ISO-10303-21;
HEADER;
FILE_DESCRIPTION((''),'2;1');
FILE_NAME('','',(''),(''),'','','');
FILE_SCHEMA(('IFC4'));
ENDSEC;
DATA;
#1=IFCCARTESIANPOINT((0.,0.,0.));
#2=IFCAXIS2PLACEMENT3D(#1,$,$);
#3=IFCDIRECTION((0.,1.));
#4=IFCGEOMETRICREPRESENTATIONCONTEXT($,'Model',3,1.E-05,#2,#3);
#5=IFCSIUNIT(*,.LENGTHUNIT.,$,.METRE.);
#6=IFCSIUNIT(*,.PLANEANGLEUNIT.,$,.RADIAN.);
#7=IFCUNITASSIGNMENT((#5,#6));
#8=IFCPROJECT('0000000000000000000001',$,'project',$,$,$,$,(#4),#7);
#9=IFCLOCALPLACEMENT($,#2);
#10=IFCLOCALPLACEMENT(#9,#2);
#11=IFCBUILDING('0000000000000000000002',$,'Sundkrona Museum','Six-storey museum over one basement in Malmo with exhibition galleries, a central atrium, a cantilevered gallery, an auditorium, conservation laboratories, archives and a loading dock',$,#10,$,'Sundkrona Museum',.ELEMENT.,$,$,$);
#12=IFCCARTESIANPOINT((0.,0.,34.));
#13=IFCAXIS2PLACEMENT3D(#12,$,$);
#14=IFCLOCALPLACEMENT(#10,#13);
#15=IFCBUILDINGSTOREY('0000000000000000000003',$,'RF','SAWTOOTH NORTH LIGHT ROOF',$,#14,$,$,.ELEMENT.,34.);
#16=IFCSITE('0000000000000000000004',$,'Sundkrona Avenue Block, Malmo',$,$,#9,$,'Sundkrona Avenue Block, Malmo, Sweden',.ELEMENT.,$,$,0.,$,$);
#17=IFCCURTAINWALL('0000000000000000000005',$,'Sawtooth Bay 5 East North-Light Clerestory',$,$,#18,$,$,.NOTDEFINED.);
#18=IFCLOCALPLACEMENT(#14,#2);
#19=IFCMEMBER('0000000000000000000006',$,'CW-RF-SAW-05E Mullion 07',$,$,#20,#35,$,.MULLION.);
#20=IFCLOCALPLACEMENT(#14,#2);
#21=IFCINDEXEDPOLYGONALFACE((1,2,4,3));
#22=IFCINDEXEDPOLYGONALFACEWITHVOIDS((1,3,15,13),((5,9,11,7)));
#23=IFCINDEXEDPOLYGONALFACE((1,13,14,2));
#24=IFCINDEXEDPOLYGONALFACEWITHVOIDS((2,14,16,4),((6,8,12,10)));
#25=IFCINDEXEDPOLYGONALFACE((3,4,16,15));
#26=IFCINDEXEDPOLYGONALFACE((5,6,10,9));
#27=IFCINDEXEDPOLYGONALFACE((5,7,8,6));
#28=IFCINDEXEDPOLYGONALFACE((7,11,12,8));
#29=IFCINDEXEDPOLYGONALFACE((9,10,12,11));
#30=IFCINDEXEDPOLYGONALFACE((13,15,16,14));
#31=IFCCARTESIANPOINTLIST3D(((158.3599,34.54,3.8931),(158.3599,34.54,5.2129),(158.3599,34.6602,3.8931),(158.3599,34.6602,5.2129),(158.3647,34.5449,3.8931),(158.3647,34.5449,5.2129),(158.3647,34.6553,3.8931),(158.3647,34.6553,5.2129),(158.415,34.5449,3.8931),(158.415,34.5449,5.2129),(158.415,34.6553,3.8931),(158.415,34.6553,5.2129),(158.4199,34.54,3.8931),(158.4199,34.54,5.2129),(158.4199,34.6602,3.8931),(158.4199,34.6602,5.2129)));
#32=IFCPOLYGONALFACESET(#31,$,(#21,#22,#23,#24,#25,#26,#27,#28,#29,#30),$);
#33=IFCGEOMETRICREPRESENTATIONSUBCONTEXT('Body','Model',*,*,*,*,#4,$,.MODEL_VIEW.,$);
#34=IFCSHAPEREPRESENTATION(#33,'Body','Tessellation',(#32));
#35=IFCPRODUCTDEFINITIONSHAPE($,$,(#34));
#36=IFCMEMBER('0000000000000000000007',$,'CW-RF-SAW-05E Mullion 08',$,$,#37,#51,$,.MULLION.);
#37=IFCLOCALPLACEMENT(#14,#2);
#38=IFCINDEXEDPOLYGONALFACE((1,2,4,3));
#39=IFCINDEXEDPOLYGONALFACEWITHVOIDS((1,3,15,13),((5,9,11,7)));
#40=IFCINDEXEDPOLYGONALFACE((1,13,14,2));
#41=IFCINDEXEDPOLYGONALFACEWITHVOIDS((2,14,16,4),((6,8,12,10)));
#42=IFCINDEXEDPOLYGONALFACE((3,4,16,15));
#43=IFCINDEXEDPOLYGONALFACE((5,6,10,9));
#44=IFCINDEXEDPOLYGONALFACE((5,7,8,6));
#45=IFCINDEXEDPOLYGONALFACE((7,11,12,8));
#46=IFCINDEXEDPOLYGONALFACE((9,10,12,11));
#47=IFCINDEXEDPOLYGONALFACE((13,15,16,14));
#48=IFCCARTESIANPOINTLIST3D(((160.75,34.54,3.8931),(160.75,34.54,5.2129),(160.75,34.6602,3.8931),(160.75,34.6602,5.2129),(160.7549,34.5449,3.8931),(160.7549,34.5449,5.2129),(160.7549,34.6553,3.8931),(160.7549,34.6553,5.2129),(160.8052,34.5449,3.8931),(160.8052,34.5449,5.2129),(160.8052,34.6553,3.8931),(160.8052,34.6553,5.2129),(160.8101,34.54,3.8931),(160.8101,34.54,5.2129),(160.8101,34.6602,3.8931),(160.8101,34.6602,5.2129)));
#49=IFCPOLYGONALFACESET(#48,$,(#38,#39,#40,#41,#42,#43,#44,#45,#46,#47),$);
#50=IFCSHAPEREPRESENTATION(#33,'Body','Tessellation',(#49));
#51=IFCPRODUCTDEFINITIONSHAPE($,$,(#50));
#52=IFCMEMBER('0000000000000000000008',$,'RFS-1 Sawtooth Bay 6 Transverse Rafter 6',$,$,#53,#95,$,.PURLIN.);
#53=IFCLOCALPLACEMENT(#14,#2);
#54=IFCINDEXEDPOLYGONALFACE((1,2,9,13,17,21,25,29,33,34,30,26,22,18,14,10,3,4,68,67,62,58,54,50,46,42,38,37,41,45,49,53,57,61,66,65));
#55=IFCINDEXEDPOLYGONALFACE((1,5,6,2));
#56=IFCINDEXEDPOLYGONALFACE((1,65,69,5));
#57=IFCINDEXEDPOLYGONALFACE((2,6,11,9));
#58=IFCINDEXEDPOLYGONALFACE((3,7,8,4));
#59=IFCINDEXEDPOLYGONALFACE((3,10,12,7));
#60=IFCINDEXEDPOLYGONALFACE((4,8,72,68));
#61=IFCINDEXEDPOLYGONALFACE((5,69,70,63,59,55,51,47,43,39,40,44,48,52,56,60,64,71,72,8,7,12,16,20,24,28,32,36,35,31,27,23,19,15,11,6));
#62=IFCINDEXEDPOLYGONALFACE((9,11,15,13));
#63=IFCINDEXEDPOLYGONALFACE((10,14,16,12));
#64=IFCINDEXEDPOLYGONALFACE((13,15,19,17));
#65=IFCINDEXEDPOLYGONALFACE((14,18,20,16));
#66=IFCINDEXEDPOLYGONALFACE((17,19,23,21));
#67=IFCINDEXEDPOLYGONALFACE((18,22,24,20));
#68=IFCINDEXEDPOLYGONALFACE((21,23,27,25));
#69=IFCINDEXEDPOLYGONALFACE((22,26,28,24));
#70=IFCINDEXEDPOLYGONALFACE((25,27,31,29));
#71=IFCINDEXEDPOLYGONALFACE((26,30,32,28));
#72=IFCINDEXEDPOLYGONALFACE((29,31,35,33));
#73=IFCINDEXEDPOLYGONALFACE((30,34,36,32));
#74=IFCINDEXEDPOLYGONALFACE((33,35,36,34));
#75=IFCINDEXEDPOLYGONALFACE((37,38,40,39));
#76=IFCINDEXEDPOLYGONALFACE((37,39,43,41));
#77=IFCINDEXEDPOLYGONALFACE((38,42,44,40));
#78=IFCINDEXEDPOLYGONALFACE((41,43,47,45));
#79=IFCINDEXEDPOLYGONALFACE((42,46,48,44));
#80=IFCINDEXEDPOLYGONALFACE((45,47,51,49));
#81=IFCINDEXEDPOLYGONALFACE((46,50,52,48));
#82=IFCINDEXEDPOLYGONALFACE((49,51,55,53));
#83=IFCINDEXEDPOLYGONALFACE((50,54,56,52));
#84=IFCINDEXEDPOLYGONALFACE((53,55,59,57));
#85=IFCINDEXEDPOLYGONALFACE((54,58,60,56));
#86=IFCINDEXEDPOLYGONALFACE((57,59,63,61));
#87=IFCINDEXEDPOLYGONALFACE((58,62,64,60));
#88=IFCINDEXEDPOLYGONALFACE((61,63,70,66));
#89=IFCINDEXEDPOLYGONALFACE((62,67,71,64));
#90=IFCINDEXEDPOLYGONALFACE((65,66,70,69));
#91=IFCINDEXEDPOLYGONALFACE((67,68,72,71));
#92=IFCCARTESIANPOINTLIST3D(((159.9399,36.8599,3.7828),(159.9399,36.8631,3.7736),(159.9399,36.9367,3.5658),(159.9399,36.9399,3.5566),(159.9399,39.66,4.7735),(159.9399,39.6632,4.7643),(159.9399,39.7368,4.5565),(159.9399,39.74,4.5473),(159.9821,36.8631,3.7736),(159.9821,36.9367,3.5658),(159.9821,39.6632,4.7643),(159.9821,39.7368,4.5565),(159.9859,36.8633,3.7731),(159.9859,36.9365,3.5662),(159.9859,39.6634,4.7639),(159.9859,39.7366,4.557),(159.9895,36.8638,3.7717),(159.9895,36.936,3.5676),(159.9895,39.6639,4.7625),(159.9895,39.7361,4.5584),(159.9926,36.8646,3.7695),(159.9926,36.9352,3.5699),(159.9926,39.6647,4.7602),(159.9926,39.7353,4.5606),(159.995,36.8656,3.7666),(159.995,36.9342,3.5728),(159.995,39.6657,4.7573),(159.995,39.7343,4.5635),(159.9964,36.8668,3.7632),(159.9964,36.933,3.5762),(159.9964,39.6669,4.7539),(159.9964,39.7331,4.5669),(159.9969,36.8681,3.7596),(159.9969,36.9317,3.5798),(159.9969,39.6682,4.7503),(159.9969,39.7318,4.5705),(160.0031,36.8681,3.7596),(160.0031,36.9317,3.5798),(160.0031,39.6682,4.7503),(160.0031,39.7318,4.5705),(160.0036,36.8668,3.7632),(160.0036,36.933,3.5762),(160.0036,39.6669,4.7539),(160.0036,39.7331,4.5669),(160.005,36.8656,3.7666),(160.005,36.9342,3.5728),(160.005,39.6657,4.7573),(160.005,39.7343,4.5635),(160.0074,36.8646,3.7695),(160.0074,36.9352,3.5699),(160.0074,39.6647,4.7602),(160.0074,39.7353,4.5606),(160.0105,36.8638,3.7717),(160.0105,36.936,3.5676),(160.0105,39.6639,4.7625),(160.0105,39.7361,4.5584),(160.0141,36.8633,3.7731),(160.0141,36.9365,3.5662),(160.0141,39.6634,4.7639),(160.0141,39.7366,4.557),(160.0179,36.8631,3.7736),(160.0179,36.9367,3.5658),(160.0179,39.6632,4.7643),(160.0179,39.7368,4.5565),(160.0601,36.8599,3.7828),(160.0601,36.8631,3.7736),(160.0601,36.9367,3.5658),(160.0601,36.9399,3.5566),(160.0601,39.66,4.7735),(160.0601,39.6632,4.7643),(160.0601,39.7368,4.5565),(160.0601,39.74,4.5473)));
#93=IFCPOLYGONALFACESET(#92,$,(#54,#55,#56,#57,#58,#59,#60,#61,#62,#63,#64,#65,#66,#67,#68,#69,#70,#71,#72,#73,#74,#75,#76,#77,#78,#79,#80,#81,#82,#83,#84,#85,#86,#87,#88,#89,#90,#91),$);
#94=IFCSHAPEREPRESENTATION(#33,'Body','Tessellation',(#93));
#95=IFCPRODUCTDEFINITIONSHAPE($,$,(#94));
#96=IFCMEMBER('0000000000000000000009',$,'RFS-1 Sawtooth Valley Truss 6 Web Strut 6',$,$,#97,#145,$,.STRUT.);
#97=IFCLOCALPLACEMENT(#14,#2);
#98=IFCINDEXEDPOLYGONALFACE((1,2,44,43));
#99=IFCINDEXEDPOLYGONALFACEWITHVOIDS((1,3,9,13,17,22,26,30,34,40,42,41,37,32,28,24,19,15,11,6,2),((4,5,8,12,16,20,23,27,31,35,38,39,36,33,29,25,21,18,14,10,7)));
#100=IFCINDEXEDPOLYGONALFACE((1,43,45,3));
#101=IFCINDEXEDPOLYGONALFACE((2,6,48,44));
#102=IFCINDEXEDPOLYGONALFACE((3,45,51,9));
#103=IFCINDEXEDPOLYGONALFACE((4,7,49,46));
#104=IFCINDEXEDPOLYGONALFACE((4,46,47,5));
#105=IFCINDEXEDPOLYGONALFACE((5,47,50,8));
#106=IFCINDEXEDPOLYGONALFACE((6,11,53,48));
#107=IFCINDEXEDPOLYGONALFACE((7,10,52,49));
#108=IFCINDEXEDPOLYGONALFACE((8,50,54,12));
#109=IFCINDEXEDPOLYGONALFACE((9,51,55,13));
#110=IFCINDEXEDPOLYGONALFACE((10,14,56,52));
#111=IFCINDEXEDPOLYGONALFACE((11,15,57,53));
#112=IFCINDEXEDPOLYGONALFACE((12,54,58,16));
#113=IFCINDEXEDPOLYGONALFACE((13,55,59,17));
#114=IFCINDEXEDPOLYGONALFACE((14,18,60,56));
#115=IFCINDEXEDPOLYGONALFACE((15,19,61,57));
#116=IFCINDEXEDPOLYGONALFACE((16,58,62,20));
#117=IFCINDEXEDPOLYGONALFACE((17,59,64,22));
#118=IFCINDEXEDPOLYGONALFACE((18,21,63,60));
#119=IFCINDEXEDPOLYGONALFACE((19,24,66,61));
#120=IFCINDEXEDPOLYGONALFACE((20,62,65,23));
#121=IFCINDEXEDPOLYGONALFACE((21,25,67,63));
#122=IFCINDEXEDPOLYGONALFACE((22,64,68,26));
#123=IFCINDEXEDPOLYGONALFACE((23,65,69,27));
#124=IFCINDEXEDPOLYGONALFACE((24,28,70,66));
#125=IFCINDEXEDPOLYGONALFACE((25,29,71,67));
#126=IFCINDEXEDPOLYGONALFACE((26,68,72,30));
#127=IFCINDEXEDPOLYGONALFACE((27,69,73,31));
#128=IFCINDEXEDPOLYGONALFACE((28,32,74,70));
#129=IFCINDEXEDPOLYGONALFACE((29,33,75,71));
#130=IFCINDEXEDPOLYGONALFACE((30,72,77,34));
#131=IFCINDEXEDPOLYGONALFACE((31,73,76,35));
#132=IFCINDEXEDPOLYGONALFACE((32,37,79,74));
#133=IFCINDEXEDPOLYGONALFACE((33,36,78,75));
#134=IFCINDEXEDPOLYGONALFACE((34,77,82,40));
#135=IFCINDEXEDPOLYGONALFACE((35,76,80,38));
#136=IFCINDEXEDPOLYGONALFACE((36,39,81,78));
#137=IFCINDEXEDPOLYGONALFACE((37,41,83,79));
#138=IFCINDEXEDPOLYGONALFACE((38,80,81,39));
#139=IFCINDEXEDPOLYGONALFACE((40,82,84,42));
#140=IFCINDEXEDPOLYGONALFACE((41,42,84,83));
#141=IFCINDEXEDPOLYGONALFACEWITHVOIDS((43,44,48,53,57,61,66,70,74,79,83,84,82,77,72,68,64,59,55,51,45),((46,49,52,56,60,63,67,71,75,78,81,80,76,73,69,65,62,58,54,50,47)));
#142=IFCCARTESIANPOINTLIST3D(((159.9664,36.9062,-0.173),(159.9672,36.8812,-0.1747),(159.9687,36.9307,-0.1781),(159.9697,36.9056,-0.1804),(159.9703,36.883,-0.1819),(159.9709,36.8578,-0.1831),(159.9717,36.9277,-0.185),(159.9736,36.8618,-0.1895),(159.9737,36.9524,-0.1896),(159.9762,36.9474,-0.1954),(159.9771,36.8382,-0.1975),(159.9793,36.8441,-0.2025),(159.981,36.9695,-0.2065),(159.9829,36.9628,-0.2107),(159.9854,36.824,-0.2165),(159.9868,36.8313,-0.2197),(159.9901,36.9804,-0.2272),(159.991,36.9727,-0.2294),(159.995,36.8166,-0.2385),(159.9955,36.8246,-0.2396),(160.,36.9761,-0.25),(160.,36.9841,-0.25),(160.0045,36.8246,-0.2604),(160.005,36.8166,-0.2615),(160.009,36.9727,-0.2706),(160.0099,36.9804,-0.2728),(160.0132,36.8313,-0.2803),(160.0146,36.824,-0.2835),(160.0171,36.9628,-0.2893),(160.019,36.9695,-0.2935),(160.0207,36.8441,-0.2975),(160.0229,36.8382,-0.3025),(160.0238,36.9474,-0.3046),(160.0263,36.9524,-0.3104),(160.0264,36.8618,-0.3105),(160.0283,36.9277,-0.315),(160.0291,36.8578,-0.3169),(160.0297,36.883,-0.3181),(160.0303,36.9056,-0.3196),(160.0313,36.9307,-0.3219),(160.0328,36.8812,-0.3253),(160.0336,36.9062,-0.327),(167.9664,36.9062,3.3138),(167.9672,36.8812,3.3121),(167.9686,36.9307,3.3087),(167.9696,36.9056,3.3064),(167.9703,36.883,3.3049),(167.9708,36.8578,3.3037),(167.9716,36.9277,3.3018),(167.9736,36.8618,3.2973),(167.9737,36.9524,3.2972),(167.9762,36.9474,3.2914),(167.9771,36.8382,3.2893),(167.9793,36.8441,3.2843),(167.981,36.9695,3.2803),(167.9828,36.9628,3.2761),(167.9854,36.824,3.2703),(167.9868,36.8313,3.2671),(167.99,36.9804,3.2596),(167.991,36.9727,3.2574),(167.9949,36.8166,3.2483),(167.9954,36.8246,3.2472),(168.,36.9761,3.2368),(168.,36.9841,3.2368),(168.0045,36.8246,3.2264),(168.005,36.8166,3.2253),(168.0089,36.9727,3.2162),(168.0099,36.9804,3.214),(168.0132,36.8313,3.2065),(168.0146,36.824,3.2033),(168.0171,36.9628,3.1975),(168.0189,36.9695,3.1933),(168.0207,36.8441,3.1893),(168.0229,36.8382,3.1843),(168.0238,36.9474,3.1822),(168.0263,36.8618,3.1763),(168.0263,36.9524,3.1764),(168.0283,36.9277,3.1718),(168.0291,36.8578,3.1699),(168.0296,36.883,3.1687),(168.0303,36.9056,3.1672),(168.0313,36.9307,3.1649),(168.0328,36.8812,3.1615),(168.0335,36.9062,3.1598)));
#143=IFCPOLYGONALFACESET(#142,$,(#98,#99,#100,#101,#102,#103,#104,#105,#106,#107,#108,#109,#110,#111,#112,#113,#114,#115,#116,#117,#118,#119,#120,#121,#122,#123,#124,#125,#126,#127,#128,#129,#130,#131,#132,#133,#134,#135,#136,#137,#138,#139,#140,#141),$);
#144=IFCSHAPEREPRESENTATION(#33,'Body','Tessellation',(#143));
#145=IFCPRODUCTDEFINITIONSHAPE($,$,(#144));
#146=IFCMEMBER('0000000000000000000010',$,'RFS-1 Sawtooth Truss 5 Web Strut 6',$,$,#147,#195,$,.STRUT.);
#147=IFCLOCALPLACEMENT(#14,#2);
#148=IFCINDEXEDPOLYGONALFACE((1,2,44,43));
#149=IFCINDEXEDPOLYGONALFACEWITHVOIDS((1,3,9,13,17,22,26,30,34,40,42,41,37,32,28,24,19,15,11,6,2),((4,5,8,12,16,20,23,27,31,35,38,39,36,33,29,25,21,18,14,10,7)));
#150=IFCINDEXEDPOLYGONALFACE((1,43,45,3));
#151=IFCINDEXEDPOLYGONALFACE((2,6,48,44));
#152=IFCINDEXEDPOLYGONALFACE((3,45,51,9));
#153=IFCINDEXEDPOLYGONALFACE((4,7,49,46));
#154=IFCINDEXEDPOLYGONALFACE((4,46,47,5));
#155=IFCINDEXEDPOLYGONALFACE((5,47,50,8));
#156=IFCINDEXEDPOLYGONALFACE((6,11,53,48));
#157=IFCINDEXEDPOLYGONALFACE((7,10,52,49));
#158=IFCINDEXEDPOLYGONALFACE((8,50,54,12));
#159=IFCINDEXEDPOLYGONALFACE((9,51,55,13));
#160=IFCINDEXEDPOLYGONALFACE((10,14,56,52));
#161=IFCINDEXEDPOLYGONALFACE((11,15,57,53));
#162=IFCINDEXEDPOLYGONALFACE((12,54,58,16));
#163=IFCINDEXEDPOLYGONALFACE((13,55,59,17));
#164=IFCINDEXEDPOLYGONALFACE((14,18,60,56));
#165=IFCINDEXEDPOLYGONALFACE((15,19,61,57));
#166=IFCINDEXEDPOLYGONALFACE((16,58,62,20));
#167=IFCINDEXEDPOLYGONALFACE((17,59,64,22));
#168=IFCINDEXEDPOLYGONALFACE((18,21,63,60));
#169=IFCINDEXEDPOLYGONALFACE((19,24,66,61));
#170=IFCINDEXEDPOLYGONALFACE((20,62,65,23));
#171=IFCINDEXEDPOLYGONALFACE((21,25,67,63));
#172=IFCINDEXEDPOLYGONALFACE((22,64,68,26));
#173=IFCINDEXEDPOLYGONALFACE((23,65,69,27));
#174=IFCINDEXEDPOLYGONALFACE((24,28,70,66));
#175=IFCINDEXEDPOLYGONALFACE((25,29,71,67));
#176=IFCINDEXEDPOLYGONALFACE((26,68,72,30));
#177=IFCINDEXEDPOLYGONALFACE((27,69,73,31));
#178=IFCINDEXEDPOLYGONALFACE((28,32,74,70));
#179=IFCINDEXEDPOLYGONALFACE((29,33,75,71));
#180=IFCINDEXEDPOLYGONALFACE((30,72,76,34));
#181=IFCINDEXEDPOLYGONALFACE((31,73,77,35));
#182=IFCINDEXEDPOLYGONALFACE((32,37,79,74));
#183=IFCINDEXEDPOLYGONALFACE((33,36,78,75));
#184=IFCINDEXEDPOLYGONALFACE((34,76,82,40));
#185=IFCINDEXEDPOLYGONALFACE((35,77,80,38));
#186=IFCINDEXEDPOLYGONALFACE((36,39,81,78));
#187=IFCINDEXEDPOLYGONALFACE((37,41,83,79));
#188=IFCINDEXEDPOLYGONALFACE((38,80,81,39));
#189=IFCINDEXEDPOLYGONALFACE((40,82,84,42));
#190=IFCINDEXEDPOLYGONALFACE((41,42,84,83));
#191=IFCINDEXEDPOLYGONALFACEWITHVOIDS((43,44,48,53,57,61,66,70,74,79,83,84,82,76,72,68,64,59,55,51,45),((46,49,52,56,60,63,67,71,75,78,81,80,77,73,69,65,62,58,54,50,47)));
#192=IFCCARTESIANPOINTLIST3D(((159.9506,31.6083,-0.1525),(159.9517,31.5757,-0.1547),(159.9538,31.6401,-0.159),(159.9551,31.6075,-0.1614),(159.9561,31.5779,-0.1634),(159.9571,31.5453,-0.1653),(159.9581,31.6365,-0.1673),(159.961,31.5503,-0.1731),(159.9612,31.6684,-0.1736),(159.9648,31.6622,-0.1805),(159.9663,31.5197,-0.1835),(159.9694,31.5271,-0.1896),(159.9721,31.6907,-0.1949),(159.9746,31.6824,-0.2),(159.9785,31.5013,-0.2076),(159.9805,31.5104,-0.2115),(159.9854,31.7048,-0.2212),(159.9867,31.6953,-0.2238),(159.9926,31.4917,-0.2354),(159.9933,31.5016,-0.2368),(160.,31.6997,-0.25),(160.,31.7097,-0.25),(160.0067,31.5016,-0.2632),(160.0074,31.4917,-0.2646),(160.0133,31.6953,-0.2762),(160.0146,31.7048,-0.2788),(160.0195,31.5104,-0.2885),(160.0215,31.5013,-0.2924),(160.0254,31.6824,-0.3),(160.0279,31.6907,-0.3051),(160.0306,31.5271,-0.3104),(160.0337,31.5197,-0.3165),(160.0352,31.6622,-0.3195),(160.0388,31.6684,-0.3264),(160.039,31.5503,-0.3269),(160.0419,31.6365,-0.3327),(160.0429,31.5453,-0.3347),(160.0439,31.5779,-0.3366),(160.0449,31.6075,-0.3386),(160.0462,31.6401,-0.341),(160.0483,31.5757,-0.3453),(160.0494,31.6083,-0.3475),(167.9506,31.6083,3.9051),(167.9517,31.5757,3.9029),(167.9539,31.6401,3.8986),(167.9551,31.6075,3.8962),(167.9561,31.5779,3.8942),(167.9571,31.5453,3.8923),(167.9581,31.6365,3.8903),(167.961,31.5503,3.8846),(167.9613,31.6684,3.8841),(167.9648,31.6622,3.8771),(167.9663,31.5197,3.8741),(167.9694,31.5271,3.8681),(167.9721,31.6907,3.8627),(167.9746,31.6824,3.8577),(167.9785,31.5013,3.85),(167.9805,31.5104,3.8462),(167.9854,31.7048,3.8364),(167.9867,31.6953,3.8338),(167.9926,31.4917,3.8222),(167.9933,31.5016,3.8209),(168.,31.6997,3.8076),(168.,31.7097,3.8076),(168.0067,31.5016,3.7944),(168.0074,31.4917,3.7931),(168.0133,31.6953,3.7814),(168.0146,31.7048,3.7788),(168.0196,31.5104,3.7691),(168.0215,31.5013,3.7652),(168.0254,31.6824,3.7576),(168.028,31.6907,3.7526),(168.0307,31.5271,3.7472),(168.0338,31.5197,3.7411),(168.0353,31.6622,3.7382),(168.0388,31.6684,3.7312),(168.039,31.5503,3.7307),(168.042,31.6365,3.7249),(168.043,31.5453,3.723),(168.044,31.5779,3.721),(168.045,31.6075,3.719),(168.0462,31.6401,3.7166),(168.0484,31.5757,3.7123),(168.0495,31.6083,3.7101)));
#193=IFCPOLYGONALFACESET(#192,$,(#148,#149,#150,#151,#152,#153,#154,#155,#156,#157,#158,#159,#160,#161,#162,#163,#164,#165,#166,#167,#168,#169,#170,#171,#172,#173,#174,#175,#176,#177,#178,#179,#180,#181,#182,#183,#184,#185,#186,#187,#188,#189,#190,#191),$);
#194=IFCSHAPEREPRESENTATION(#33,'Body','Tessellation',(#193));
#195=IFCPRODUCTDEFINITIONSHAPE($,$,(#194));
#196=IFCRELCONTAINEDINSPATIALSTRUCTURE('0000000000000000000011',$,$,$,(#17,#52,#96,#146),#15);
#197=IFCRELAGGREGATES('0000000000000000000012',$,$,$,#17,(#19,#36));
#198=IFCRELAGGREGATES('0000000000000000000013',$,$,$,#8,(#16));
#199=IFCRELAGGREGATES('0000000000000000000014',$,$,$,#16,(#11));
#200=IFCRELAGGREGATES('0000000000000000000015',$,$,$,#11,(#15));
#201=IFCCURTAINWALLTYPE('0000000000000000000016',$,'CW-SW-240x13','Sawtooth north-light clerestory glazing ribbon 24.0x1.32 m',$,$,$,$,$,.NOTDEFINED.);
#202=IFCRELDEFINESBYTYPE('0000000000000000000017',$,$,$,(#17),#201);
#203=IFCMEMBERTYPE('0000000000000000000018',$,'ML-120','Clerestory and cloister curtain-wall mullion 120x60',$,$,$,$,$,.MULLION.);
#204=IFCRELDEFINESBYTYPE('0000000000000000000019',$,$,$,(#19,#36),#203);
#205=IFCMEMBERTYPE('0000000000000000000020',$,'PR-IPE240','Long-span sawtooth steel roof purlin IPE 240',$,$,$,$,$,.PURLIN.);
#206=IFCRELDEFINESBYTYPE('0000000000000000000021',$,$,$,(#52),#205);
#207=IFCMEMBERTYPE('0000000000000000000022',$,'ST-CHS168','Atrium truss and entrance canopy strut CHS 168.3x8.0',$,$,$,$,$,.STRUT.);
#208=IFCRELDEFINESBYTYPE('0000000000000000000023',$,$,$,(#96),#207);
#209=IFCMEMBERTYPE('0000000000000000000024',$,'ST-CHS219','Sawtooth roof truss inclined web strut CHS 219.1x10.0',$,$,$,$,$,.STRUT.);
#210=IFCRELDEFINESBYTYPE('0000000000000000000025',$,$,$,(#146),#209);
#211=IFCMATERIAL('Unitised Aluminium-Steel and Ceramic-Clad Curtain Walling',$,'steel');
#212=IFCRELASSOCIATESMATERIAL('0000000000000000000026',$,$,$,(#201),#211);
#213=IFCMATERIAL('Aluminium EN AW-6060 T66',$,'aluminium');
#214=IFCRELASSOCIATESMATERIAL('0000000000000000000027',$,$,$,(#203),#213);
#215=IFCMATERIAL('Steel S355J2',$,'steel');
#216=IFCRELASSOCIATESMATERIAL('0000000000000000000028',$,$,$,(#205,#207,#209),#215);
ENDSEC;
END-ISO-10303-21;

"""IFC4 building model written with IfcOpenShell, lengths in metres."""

from ifc_helpers import new_model, si_unit, direction, frame, origin, origin_2d, place, context, subcontext, project, spatial, hollow_rectangle, hollow_circle, i_section, extrude, material, material_profile, profile_set, type_object, element, aggregate, save


model = new_model("IFC4")

# Units and contexts
model_context = context("Model", 3, precision=1e-05, world=origin(), true_north=direction((0.0, 1.0)))
body_context = subcontext(model_context, "Body", "Model", "MODEL_VIEW")
ifc_project = project(units=[si_unit("LENGTHUNIT", "METRE"), si_unit("PLANEANGLEUNIT", "RADIAN")], contexts=[model_context])

# Site, building, storey
site_placement = place(None, origin())
site = spatial("IfcSite", under=ifc_project, at=site_placement, Name="Sundkrona Avenue Block, Malmo", LongName="Sundkrona Avenue Block, Malmo, Sweden", CompositionType="ELEMENT", RefElevation=0.0)
building_placement = place(site_placement, origin())
building = spatial("IfcBuilding", under=site, at=building_placement, Name="Sundkrona Museum", Description="Six-storey museum over one basement in Malmo with exhibition galleries, a central atrium, a cantilevered gallery, an auditorium, conservation laboratories, archives and a loading dock", LongName="Sundkrona Museum", CompositionType="ELEMENT")
storey_placement = place(building_placement, frame((0.0, 0.0, 34.0)))
storey = spatial("IfcBuildingStorey", under=building, at=storey_placement, Name="RF", Description="SAWTOOTH NORTH LIGHT ROOF", CompositionType="ELEMENT", Elevation=34.0)

# Curtain wall, members
ifc_material_1 = material(Name="Unitised Aluminium-Steel and Ceramic-Clad Curtain Walling", Category="steel")
curtain_wall_type = type_object("IfcCurtainWallType", Name="CW-SW-240x13", Description="Sawtooth north-light clerestory glazing ribbon 24.0x1.32 m", PredefinedType="NOTDEFINED", material=ifc_material_1)
curtain_wall_placement = place(storey_placement, origin())
curtain_wall = element("IfcCurtainWall", 1, at=curtain_wall_placement, inside=storey, type_object=curtain_wall_type, Name="Sawtooth Bay 5 East North-Light Clerestory", PredefinedType="NOTDEFINED")
ifc_material_2 = material(Name="Aluminium EN AW-6060 T66", Category="aluminium")
ifc_material_profile_1 = material_profile(ifc_material_2, hollow_rectangle(XDim=0.0601, YDim=0.1201, WallThickness=0.0049, at=origin_2d()), Name="RHS 120x60x5.0")
ifc_profile_set_1 = profile_set([ifc_material_profile_1], Name="Aluminium EN AW-6060 T66")
member_type_1 = type_object("IfcMemberType", Name="ML-120", Description="Clerestory and cloister curtain-wall mullion 120x60", PredefinedType="MULLION", material=ifc_profile_set_1)
member_1_placement = place(storey_placement, frame((158.3899, 34.6001, 3.8931), z_axis=(0.0, 0.0, 1.0), x_axis=(1.0, 0.0, 0.0)))
member_1 = element("IfcMember", 2, at=member_1_placement, type_object=member_type_1, Name="CW-RF-SAW-05E Mullion 07", PredefinedType="MULLION", context=body_context, shape_type="SweptSolid", body=[
    extrude(hollow_rectangle(XDim=0.0601, YDim=0.1201, WallThickness=0.0049, at=origin_2d()), origin(), (0.0, 0.0, 1.0), 1.3198),
])
member_2_placement = place(storey_placement, frame((160.78, 34.6001, 3.8931), z_axis=(0.0, 0.0, 1.0), x_axis=(1.0, 0.0, 0.0)))
member_2 = element("IfcMember", 3, at=member_2_placement, type_object=member_type_1, Name="CW-RF-SAW-05E Mullion 08", PredefinedType="MULLION", context=body_context, shape_type="SweptSolid", body=[
    extrude(hollow_rectangle(XDim=0.0601, YDim=0.1201, WallThickness=0.0049, at=origin_2d()), origin(), (0.0, 0.0, 1.0), 1.3198),
])

# Members
ifc_material_3 = material(Name="Steel S355J2", Category="steel")
ifc_material_profile_2 = material_profile(ifc_material_3, i_section(OverallWidth=0.1201, OverallDepth=0.24, WebThickness=0.0061, FlangeThickness=0.0098, FilletRadius=0.0149, at=origin_2d()), Name="IPE 240")
ifc_profile_set_2 = profile_set([ifc_material_profile_2], Name="Steel S355J2")
member_type_2 = type_object("IfcMemberType", Name="PR-IPE240", Description="Long-span sawtooth steel roof purlin IPE 240", PredefinedType="PURLIN", material=ifc_profile_set_2)
member_3_placement = place(storey_placement, frame((160.0, 36.8999, 3.6697), z_axis=(0.0, 0.942729, 0.33356), x_axis=(-1.0, 0.0, 0.0)))
element("IfcMember", 4, at=member_3_placement, inside=storey, type_object=member_type_2, Name="RFS-1 Sawtooth Bay 6 Transverse Rafter 6", PredefinedType="PURLIN", context=body_context, shape_type="SweptSolid", body=[
    extrude(i_section(OverallWidth=0.1201, OverallDepth=0.24, WebThickness=0.0061, FlangeThickness=0.0098, FilletRadius=0.0149, at=origin_2d()), origin(), (0.0, 0.0, 1.0), 2.9702),
])
ifc_material_profile_3 = material_profile(ifc_material_3, hollow_circle(Radius=0.0842, WallThickness=0.0081, at=origin_2d()), Name="CHS 168.3x8.0")
ifc_profile_set_3 = profile_set([ifc_material_profile_3], Name="Steel S355J2")
member_type_3 = type_object("IfcMemberType", Name="ST-CHS168", Description="Atrium truss and entrance canopy strut CHS 168.3x8.0", PredefinedType="STRUT", material=ifc_profile_set_3)
member_4_placement = place(storey_placement, frame((160.0, 36.8999, -0.25), z_axis=(0.916711, 0.0, 0.39955), x_axis=(0.0, 1.0, 0.0)))
element("IfcMember", 5, at=member_4_placement, inside=storey, type_object=member_type_3, Name="RFS-1 Sawtooth Valley Truss 6 Web Strut 6", PredefinedType="STRUT", context=body_context, shape_type="SweptSolid", body=[
    extrude(hollow_circle(Radius=0.0842, WallThickness=0.0081, at=origin_2d()), origin(), (0.0, 0.0, 1.0), 8.7268),
])
ifc_material_profile_4 = material_profile(ifc_material_3, hollow_circle(Radius=0.1096, WallThickness=0.01, at=origin_2d()), Name="CHS 219.1x10.0")
ifc_profile_set_4 = profile_set([ifc_material_profile_4], Name="Steel S355J2")
member_type_4 = type_object("IfcMemberType", Name="ST-CHS219", Description="Sawtooth roof truss inclined web strut CHS 219.1x10.0", PredefinedType="STRUT", material=ifc_profile_set_4)
member_5_placement = place(storey_placement, frame((160.0, 31.6001, -0.25), z_axis=(0.891843, 0.0, 0.452345), x_axis=(0.0, 1.0, 0.0)))
element("IfcMember", 6, at=member_5_placement, inside=storey, type_object=member_type_4, Name="RFS-1 Sawtooth Truss 5 Web Strut 6", PredefinedType="STRUT", context=body_context, shape_type="SweptSolid", body=[
    extrude(hollow_circle(Radius=0.1096, WallThickness=0.01, at=origin_2d()), origin(), (0.0, 0.0, 1.0), 8.9702),
])

aggregate(curtain_wall, [member_1, member_2])

save(model, "model.ifc")
